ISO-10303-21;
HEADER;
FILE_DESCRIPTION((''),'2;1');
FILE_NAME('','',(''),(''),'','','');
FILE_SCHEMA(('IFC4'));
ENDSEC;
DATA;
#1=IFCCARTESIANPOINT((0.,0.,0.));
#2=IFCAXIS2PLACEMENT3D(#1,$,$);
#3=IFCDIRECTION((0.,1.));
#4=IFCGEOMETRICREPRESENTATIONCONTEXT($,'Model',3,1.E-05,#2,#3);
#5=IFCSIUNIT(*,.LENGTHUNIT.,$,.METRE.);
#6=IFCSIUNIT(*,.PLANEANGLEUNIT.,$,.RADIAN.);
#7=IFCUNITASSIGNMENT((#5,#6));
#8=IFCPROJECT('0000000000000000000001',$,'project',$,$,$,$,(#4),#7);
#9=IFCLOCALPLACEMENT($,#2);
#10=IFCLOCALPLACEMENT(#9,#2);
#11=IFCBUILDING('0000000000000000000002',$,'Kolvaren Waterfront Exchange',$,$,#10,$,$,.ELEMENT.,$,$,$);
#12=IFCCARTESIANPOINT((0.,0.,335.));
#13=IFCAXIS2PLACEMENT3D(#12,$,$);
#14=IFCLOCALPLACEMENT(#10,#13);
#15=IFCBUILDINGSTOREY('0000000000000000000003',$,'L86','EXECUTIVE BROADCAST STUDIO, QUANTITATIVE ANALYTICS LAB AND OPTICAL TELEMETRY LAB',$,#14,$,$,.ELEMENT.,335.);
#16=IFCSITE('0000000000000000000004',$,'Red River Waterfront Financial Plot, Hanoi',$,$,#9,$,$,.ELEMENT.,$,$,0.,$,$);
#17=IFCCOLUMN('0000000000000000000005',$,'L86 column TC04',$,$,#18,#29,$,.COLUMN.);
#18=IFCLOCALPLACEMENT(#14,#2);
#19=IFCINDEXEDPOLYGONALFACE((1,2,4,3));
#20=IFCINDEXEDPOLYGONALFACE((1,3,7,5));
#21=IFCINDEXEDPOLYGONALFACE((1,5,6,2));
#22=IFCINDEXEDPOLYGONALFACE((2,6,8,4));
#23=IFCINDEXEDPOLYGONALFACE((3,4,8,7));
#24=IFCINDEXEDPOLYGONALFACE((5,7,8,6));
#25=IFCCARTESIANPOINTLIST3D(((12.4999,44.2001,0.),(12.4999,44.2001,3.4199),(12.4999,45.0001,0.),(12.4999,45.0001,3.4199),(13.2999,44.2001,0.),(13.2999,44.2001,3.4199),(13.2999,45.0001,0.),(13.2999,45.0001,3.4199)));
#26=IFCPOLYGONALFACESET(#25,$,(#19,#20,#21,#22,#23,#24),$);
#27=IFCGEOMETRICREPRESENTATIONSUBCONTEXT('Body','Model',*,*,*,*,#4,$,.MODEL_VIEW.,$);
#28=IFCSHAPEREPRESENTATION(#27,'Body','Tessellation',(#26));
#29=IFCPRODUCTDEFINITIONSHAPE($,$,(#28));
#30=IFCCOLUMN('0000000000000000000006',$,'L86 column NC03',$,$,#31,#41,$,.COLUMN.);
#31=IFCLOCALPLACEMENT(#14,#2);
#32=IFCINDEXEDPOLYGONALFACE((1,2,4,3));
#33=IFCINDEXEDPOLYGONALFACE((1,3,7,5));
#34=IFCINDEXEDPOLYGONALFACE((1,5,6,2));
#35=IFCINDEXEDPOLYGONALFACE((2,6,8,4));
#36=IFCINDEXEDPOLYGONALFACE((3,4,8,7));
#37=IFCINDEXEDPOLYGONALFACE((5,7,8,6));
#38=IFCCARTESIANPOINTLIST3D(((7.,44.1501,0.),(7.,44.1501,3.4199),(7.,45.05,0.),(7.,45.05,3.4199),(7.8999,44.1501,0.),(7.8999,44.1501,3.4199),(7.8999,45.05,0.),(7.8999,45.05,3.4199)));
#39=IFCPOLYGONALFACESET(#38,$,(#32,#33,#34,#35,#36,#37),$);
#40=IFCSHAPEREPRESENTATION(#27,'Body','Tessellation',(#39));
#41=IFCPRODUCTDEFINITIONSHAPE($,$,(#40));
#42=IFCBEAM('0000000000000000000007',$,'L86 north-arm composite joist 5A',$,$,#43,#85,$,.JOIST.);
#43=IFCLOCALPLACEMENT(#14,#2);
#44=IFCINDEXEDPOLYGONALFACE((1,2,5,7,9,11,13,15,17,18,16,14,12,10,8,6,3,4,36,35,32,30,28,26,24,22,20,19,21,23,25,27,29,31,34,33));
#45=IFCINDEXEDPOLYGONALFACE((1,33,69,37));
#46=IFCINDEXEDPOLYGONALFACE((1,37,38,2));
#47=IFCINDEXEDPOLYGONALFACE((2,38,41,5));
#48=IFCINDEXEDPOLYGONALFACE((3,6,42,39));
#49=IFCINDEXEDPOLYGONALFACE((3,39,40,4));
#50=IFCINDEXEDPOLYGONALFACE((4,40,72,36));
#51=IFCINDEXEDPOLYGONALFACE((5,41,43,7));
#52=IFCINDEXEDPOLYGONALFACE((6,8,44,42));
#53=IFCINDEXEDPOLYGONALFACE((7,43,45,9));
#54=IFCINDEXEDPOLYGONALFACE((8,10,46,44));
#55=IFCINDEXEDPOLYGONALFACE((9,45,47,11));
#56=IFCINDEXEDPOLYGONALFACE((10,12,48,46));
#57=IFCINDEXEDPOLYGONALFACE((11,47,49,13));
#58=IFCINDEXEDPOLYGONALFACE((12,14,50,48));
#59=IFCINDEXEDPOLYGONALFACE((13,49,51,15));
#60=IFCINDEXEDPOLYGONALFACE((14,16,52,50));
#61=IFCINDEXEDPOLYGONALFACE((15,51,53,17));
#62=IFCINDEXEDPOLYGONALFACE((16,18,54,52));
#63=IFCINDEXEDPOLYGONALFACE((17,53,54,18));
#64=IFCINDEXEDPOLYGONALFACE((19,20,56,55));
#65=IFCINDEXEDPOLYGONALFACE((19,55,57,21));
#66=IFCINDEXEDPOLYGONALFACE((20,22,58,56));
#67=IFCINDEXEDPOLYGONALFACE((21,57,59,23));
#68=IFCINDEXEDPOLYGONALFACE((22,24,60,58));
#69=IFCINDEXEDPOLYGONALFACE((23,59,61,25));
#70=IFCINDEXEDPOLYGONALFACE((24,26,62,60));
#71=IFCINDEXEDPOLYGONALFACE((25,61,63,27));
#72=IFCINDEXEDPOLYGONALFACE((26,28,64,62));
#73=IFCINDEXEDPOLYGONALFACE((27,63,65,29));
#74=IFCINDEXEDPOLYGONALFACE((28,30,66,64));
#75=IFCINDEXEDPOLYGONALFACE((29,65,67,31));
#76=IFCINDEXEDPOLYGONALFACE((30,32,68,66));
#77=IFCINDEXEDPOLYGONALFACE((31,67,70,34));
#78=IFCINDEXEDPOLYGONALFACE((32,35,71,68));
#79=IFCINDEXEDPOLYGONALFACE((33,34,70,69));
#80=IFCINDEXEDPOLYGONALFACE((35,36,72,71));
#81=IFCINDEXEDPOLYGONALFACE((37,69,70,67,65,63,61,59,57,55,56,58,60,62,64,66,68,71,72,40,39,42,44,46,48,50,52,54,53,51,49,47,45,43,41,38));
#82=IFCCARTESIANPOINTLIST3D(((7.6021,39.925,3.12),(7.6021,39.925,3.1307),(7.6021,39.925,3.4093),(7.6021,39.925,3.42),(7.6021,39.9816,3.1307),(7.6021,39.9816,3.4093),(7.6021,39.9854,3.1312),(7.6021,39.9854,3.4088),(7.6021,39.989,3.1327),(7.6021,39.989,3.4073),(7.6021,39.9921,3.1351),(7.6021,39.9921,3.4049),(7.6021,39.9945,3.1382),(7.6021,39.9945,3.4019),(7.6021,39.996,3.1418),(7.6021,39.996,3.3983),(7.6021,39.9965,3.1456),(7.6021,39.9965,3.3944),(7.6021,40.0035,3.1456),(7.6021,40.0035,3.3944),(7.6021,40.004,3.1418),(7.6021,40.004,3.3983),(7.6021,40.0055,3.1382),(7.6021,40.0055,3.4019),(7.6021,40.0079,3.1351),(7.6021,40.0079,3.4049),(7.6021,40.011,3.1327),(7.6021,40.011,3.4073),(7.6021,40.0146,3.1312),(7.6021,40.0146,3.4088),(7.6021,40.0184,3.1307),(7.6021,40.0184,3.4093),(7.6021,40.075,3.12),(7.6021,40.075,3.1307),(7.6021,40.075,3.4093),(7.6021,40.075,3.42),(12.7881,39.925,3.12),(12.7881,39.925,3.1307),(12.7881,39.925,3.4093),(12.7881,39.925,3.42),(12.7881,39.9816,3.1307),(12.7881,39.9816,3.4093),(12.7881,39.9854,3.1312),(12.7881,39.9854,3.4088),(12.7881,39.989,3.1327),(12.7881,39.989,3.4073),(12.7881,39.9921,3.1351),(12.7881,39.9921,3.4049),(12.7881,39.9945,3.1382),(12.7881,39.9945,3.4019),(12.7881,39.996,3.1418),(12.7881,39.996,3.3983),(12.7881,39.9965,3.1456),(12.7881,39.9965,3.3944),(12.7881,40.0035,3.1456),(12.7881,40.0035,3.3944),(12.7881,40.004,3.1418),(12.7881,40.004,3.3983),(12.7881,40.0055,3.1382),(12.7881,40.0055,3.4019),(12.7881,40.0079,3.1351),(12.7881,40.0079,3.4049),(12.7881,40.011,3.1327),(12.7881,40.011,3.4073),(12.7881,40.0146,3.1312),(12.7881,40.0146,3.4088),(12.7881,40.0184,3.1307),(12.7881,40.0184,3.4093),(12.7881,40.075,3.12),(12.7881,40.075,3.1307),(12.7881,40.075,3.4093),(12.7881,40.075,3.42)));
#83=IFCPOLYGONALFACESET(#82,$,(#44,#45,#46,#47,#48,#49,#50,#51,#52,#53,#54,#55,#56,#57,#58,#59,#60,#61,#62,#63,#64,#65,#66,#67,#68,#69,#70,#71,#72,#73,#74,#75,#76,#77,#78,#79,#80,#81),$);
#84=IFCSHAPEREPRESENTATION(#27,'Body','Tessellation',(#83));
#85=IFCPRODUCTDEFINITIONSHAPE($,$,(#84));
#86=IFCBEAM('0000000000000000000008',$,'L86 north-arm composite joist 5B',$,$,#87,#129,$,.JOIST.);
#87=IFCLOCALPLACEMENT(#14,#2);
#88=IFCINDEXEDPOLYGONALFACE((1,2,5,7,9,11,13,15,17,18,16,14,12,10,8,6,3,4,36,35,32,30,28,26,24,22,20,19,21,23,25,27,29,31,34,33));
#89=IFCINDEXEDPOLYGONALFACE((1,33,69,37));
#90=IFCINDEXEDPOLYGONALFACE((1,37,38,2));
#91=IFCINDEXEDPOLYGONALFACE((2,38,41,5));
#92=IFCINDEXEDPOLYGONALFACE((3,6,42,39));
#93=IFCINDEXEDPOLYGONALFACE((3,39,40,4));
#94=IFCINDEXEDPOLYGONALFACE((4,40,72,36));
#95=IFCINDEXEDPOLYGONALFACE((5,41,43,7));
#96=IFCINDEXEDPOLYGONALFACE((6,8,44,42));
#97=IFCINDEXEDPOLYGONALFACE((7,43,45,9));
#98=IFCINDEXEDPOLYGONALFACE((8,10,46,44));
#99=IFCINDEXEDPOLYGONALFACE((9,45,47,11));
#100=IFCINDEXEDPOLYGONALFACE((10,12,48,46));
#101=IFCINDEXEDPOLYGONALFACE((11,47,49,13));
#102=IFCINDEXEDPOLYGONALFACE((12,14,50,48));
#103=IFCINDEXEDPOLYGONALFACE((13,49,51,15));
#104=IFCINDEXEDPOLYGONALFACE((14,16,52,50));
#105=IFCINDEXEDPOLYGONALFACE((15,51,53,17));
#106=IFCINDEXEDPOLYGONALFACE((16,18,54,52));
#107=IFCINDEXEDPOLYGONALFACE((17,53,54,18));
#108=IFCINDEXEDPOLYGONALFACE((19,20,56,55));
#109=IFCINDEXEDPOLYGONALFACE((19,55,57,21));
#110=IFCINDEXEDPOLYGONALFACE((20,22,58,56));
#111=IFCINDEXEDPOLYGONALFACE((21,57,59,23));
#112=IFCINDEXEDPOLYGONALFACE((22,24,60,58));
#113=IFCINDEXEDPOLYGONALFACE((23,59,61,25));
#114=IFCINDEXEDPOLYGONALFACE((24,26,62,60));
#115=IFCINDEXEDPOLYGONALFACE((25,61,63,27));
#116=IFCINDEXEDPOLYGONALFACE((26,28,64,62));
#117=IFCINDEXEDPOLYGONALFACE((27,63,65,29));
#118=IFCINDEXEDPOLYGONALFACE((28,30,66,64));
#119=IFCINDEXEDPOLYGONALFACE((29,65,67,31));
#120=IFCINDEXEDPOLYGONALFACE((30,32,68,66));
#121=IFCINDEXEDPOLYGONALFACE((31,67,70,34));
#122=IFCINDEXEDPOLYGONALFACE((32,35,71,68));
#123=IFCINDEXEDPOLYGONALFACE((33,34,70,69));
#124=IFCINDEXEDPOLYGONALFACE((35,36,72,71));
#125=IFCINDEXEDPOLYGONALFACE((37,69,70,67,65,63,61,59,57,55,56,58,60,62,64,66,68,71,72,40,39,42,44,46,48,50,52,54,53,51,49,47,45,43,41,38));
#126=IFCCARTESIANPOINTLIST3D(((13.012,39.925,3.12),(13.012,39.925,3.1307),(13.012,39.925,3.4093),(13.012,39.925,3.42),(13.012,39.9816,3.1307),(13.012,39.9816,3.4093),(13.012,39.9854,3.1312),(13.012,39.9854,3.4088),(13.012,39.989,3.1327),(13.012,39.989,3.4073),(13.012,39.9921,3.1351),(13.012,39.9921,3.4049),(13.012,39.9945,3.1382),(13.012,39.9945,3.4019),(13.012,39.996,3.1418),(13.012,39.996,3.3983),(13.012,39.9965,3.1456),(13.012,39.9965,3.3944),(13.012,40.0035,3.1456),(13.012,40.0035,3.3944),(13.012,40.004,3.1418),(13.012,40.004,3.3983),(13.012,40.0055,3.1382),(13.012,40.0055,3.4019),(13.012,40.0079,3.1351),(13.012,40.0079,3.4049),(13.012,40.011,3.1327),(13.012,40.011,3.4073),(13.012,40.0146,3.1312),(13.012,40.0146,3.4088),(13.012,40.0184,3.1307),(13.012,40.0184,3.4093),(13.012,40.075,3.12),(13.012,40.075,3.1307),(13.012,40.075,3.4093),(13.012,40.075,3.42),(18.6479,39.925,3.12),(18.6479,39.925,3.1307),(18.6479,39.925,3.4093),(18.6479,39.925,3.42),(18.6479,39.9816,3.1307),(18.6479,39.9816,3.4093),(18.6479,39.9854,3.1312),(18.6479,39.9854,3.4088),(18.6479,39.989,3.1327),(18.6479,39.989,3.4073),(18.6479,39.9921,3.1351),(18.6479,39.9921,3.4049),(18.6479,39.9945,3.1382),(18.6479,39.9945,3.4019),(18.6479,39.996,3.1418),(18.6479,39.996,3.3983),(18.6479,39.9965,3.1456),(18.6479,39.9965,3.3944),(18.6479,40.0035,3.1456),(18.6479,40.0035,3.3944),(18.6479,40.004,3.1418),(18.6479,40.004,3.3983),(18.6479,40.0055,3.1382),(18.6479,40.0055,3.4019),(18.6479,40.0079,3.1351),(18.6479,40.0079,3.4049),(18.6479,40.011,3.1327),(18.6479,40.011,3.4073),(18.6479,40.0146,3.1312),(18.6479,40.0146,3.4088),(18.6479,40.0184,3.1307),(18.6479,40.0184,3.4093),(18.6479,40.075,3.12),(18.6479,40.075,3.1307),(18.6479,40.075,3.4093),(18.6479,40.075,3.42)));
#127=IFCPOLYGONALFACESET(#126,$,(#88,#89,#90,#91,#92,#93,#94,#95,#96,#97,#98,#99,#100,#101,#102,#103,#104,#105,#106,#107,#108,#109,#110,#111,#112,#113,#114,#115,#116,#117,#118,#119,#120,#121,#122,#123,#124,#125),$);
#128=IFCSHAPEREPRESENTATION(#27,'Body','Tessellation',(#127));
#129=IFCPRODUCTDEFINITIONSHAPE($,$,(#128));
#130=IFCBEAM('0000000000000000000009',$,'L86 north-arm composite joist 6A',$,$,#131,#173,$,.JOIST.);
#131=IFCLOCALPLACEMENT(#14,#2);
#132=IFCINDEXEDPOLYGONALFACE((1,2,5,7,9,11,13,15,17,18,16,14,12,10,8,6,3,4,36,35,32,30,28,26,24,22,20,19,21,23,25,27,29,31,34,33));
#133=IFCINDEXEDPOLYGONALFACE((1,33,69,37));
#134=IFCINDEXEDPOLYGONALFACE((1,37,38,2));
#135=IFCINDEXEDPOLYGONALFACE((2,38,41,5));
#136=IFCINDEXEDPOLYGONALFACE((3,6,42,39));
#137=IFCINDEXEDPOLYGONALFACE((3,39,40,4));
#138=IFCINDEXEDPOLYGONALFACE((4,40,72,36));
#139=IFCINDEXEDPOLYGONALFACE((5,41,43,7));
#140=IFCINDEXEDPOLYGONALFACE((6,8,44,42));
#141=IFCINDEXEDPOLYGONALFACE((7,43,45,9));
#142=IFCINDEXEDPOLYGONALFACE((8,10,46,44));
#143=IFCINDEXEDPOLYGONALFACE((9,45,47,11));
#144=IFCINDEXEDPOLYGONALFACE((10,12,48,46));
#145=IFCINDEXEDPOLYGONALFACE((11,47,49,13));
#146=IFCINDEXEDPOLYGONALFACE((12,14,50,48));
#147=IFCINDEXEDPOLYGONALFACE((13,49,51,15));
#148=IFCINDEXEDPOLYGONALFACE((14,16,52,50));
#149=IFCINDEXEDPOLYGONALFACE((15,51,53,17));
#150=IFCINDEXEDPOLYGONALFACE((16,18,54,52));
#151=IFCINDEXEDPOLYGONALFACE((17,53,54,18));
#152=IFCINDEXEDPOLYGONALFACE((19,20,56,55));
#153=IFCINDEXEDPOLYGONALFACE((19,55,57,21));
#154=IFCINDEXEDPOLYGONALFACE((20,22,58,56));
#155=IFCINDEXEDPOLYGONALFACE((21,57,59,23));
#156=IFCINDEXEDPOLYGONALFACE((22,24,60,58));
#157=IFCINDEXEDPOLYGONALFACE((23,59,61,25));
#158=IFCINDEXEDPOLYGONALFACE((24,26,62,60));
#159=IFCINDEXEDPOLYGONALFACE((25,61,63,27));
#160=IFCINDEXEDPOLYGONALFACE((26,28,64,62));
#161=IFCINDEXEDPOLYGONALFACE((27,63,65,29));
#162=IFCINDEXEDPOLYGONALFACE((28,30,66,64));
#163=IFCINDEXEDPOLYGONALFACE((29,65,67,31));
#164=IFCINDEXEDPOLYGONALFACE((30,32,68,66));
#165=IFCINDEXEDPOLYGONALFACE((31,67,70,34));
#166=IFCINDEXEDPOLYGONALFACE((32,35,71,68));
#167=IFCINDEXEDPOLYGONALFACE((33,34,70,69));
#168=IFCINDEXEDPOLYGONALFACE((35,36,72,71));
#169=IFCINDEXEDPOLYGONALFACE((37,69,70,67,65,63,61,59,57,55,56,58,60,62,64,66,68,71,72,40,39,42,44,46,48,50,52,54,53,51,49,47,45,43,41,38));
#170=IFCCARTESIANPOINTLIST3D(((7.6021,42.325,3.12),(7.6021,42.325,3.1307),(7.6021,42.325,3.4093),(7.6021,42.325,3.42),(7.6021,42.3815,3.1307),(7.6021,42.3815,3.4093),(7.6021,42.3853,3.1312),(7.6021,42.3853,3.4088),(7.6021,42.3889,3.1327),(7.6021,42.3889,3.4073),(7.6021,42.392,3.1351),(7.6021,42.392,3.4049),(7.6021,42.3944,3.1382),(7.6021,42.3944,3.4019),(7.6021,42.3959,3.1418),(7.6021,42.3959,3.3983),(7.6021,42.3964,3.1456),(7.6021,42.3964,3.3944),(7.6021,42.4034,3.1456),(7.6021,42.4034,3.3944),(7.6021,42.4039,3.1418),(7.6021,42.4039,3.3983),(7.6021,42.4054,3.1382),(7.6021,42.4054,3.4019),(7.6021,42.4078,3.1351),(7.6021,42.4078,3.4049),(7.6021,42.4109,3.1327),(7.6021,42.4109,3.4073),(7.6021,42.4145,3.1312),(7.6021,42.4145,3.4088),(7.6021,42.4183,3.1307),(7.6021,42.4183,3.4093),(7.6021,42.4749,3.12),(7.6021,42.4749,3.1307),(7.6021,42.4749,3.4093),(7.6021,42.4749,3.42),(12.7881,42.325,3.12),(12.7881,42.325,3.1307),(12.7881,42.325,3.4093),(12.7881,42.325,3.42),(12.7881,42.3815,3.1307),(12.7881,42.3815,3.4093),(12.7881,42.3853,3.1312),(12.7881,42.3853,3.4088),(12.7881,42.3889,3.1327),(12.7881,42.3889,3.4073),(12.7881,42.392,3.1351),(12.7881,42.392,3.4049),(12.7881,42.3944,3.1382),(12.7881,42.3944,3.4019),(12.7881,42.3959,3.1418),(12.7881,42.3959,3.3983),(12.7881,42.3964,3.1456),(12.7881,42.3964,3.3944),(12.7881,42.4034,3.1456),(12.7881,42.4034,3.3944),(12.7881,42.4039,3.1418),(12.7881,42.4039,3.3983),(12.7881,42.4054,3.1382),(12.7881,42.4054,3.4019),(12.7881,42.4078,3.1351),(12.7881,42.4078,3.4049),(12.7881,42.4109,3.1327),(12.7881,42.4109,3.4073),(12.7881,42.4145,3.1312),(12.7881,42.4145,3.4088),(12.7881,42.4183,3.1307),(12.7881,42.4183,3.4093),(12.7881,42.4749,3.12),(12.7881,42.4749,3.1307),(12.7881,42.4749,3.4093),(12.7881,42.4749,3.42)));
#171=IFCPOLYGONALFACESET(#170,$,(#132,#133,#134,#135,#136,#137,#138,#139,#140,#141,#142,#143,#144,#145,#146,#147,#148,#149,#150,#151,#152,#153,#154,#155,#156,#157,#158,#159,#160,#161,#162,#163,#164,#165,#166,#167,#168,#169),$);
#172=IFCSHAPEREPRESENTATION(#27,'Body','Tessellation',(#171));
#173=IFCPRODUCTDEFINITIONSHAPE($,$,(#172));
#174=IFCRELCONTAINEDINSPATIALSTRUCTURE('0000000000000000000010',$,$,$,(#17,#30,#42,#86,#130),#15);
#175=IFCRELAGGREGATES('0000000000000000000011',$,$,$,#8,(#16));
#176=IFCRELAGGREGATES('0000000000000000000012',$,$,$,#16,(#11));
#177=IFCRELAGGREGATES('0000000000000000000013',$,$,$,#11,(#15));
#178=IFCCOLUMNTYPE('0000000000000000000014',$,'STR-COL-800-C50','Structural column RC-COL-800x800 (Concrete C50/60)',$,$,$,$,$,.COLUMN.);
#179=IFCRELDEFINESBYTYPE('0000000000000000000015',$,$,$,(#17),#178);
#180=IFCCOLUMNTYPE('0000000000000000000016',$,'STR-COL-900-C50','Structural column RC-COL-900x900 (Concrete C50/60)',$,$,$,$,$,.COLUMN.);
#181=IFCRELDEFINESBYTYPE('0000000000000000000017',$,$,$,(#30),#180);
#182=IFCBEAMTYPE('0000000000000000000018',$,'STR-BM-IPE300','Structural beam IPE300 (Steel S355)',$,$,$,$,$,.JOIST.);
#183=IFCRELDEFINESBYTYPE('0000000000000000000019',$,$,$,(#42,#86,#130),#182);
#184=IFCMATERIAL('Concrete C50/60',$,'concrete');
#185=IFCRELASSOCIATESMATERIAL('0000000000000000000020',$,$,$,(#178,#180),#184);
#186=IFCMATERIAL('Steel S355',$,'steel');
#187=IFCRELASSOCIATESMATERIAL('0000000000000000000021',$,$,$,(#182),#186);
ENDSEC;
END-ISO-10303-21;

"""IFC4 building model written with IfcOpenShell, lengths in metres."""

from ifc_helpers import new_model, si_unit, direction, frame, origin, origin_2d, place, context, subcontext, project, spatial, rectangle, i_section, extrude, material, material_profile, profile_set, type_object, element, save


model = new_model("IFC4")

# Units and contexts
model_context = context("Model", 3, precision=1e-05, world=origin(), true_north=direction((0.0, 1.0)))
body_context = subcontext(model_context, "Body", "Model", "MODEL_VIEW")
ifc_project = project(units=[si_unit("LENGTHUNIT", "METRE"), si_unit("PLANEANGLEUNIT", "RADIAN")], contexts=[model_context])

# Site, building, storey
site_placement = place(None, origin())
site = spatial("IfcSite", under=ifc_project, at=site_placement, Name="Red River Waterfront Financial Plot, Hanoi", CompositionType="ELEMENT", RefElevation=0.0)
building_placement = place(site_placement, origin())
building = spatial("IfcBuilding", under=site, at=building_placement, Name="Kolvaren Waterfront Exchange", CompositionType="ELEMENT")
storey_placement = place(building_placement, frame((0.0, 0.0, 335.0)))
storey = spatial("IfcBuildingStorey", under=building, at=storey_placement, Name="L86", Description="EXECUTIVE BROADCAST STUDIO, QUANTITATIVE ANALYTICS LAB AND OPTICAL TELEMETRY LAB", CompositionType="ELEMENT", Elevation=335.0)

# Columns
ifc_material_1 = material(Name="Concrete C50/60", Category="concrete")
ifc_material_profile_1 = material_profile(ifc_material_1, rectangle(XDim=0.8, YDim=0.8, at=origin_2d()), Name="RC-COL-800x800")
ifc_profile_set_1 = profile_set([ifc_material_profile_1], Name="Concrete C50/60")
column_type_1 = type_object("IfcColumnType", Name="STR-COL-800-C50", Description="Structural column RC-COL-800x800 (Concrete C50/60)", PredefinedType="COLUMN", material=ifc_profile_set_1)
column_1_placement = place(storey_placement, frame((12.8999, 44.6001, 0.0), z_axis=(0.0, 0.0, 1.0), x_axis=(1.0, 0.0, 0.0)))
element("IfcColumn", 1, at=column_1_placement, inside=storey, type_object=column_type_1, Name="L86 column TC04", PredefinedType="COLUMN", context=body_context, shape_type="SweptSolid", body=[
    extrude(rectangle(XDim=0.8, YDim=0.8, at=origin_2d()), origin(), (0.0, 0.0, 1.0), 3.4199),
])
ifc_material_profile_2 = material_profile(ifc_material_1, rectangle(XDim=0.8999, YDim=0.8999, at=origin_2d()), Name="RC-COL-900x900")
ifc_profile_set_2 = profile_set([ifc_material_profile_2], Name="Concrete C50/60")
column_type_2 = type_object("IfcColumnType", Name="STR-COL-900-C50", Description="Structural column RC-COL-900x900 (Concrete C50/60)", PredefinedType="COLUMN", material=ifc_profile_set_2)
column_2_placement = place(storey_placement, frame((7.45, 44.6001, 0.0), z_axis=(0.0, 0.0, 1.0), x_axis=(1.0, 0.0, 0.0)))
element("IfcColumn", 2, at=column_2_placement, inside=storey, type_object=column_type_2, Name="L86 column NC03", PredefinedType="COLUMN", context=body_context, shape_type="SweptSolid", body=[
    extrude(rectangle(XDim=0.8999, YDim=0.8999, at=origin_2d()), origin(), (0.0, 0.0, 1.0), 3.4199),
])

# Beams
ifc_material_2 = material(Name="Steel S355", Category="steel")
ifc_material_profile_3 = material_profile(ifc_material_2, i_section(OverallWidth=0.1499, OverallDepth=0.3, WebThickness=0.0071, FlangeThickness=0.0107, FilletRadius=0.0149, at=origin_2d()), Name="IPE300")
ifc_profile_set_3 = profile_set([ifc_material_profile_3], Name="Steel S355")
beam_type_1 = type_object("IfcBeamType", Name="STR-BM-IPE300", Description="Structural beam IPE300 (Steel S355)", PredefinedType="JOIST", material=ifc_profile_set_3)
beam_1_placement = place(storey_placement, frame((7.6021, 40.0, 3.27), z_axis=(1.0, 0.0, 0.0), x_axis=(0.0, 1.0, 0.0)))
element("IfcBeam", 3, at=beam_1_placement, inside=storey, type_object=beam_type_1, Name="L86 north-arm composite joist 5A", PredefinedType="JOIST", context=body_context, shape_type="SweptSolid", body=[
    extrude(i_section(OverallWidth=0.1499, OverallDepth=0.3, WebThickness=0.0071, FlangeThickness=0.0107, FilletRadius=0.0149, at=origin_2d()), origin(), (0.0, 0.0, 1.0), 5.186),
])
beam_2_placement = place(storey_placement, frame((13.012, 40.0, 3.27), z_axis=(1.0, 0.0, 0.0), x_axis=(0.0, 1.0, 0.0)))
element("IfcBeam", 4, at=beam_2_placement, inside=storey, type_object=beam_type_1, Name="L86 north-arm composite joist 5B", PredefinedType="JOIST", context=body_context, shape_type="SweptSolid", body=[
    extrude(i_section(OverallWidth=0.1499, OverallDepth=0.3, WebThickness=0.0071, FlangeThickness=0.0107, FilletRadius=0.0149, at=origin_2d()), origin(), (0.0, 0.0, 1.0), 5.636),
])
beam_3_placement = place(storey_placement, frame((7.6021, 42.3999, 3.27), z_axis=(1.0, 0.0, 0.0), x_axis=(0.0, 1.0, 0.0)))
element("IfcBeam", 5, at=beam_3_placement, inside=storey, type_object=beam_type_1, Name="L86 north-arm composite joist 6A", PredefinedType="JOIST", context=body_context, shape_type="SweptSolid", body=[
    extrude(i_section(OverallWidth=0.1499, OverallDepth=0.3, WebThickness=0.0071, FlangeThickness=0.0107, FilletRadius=0.0149, at=origin_2d()), origin(), (0.0, 0.0, 1.0), 5.186),
])

save(model, "model.ifc")
